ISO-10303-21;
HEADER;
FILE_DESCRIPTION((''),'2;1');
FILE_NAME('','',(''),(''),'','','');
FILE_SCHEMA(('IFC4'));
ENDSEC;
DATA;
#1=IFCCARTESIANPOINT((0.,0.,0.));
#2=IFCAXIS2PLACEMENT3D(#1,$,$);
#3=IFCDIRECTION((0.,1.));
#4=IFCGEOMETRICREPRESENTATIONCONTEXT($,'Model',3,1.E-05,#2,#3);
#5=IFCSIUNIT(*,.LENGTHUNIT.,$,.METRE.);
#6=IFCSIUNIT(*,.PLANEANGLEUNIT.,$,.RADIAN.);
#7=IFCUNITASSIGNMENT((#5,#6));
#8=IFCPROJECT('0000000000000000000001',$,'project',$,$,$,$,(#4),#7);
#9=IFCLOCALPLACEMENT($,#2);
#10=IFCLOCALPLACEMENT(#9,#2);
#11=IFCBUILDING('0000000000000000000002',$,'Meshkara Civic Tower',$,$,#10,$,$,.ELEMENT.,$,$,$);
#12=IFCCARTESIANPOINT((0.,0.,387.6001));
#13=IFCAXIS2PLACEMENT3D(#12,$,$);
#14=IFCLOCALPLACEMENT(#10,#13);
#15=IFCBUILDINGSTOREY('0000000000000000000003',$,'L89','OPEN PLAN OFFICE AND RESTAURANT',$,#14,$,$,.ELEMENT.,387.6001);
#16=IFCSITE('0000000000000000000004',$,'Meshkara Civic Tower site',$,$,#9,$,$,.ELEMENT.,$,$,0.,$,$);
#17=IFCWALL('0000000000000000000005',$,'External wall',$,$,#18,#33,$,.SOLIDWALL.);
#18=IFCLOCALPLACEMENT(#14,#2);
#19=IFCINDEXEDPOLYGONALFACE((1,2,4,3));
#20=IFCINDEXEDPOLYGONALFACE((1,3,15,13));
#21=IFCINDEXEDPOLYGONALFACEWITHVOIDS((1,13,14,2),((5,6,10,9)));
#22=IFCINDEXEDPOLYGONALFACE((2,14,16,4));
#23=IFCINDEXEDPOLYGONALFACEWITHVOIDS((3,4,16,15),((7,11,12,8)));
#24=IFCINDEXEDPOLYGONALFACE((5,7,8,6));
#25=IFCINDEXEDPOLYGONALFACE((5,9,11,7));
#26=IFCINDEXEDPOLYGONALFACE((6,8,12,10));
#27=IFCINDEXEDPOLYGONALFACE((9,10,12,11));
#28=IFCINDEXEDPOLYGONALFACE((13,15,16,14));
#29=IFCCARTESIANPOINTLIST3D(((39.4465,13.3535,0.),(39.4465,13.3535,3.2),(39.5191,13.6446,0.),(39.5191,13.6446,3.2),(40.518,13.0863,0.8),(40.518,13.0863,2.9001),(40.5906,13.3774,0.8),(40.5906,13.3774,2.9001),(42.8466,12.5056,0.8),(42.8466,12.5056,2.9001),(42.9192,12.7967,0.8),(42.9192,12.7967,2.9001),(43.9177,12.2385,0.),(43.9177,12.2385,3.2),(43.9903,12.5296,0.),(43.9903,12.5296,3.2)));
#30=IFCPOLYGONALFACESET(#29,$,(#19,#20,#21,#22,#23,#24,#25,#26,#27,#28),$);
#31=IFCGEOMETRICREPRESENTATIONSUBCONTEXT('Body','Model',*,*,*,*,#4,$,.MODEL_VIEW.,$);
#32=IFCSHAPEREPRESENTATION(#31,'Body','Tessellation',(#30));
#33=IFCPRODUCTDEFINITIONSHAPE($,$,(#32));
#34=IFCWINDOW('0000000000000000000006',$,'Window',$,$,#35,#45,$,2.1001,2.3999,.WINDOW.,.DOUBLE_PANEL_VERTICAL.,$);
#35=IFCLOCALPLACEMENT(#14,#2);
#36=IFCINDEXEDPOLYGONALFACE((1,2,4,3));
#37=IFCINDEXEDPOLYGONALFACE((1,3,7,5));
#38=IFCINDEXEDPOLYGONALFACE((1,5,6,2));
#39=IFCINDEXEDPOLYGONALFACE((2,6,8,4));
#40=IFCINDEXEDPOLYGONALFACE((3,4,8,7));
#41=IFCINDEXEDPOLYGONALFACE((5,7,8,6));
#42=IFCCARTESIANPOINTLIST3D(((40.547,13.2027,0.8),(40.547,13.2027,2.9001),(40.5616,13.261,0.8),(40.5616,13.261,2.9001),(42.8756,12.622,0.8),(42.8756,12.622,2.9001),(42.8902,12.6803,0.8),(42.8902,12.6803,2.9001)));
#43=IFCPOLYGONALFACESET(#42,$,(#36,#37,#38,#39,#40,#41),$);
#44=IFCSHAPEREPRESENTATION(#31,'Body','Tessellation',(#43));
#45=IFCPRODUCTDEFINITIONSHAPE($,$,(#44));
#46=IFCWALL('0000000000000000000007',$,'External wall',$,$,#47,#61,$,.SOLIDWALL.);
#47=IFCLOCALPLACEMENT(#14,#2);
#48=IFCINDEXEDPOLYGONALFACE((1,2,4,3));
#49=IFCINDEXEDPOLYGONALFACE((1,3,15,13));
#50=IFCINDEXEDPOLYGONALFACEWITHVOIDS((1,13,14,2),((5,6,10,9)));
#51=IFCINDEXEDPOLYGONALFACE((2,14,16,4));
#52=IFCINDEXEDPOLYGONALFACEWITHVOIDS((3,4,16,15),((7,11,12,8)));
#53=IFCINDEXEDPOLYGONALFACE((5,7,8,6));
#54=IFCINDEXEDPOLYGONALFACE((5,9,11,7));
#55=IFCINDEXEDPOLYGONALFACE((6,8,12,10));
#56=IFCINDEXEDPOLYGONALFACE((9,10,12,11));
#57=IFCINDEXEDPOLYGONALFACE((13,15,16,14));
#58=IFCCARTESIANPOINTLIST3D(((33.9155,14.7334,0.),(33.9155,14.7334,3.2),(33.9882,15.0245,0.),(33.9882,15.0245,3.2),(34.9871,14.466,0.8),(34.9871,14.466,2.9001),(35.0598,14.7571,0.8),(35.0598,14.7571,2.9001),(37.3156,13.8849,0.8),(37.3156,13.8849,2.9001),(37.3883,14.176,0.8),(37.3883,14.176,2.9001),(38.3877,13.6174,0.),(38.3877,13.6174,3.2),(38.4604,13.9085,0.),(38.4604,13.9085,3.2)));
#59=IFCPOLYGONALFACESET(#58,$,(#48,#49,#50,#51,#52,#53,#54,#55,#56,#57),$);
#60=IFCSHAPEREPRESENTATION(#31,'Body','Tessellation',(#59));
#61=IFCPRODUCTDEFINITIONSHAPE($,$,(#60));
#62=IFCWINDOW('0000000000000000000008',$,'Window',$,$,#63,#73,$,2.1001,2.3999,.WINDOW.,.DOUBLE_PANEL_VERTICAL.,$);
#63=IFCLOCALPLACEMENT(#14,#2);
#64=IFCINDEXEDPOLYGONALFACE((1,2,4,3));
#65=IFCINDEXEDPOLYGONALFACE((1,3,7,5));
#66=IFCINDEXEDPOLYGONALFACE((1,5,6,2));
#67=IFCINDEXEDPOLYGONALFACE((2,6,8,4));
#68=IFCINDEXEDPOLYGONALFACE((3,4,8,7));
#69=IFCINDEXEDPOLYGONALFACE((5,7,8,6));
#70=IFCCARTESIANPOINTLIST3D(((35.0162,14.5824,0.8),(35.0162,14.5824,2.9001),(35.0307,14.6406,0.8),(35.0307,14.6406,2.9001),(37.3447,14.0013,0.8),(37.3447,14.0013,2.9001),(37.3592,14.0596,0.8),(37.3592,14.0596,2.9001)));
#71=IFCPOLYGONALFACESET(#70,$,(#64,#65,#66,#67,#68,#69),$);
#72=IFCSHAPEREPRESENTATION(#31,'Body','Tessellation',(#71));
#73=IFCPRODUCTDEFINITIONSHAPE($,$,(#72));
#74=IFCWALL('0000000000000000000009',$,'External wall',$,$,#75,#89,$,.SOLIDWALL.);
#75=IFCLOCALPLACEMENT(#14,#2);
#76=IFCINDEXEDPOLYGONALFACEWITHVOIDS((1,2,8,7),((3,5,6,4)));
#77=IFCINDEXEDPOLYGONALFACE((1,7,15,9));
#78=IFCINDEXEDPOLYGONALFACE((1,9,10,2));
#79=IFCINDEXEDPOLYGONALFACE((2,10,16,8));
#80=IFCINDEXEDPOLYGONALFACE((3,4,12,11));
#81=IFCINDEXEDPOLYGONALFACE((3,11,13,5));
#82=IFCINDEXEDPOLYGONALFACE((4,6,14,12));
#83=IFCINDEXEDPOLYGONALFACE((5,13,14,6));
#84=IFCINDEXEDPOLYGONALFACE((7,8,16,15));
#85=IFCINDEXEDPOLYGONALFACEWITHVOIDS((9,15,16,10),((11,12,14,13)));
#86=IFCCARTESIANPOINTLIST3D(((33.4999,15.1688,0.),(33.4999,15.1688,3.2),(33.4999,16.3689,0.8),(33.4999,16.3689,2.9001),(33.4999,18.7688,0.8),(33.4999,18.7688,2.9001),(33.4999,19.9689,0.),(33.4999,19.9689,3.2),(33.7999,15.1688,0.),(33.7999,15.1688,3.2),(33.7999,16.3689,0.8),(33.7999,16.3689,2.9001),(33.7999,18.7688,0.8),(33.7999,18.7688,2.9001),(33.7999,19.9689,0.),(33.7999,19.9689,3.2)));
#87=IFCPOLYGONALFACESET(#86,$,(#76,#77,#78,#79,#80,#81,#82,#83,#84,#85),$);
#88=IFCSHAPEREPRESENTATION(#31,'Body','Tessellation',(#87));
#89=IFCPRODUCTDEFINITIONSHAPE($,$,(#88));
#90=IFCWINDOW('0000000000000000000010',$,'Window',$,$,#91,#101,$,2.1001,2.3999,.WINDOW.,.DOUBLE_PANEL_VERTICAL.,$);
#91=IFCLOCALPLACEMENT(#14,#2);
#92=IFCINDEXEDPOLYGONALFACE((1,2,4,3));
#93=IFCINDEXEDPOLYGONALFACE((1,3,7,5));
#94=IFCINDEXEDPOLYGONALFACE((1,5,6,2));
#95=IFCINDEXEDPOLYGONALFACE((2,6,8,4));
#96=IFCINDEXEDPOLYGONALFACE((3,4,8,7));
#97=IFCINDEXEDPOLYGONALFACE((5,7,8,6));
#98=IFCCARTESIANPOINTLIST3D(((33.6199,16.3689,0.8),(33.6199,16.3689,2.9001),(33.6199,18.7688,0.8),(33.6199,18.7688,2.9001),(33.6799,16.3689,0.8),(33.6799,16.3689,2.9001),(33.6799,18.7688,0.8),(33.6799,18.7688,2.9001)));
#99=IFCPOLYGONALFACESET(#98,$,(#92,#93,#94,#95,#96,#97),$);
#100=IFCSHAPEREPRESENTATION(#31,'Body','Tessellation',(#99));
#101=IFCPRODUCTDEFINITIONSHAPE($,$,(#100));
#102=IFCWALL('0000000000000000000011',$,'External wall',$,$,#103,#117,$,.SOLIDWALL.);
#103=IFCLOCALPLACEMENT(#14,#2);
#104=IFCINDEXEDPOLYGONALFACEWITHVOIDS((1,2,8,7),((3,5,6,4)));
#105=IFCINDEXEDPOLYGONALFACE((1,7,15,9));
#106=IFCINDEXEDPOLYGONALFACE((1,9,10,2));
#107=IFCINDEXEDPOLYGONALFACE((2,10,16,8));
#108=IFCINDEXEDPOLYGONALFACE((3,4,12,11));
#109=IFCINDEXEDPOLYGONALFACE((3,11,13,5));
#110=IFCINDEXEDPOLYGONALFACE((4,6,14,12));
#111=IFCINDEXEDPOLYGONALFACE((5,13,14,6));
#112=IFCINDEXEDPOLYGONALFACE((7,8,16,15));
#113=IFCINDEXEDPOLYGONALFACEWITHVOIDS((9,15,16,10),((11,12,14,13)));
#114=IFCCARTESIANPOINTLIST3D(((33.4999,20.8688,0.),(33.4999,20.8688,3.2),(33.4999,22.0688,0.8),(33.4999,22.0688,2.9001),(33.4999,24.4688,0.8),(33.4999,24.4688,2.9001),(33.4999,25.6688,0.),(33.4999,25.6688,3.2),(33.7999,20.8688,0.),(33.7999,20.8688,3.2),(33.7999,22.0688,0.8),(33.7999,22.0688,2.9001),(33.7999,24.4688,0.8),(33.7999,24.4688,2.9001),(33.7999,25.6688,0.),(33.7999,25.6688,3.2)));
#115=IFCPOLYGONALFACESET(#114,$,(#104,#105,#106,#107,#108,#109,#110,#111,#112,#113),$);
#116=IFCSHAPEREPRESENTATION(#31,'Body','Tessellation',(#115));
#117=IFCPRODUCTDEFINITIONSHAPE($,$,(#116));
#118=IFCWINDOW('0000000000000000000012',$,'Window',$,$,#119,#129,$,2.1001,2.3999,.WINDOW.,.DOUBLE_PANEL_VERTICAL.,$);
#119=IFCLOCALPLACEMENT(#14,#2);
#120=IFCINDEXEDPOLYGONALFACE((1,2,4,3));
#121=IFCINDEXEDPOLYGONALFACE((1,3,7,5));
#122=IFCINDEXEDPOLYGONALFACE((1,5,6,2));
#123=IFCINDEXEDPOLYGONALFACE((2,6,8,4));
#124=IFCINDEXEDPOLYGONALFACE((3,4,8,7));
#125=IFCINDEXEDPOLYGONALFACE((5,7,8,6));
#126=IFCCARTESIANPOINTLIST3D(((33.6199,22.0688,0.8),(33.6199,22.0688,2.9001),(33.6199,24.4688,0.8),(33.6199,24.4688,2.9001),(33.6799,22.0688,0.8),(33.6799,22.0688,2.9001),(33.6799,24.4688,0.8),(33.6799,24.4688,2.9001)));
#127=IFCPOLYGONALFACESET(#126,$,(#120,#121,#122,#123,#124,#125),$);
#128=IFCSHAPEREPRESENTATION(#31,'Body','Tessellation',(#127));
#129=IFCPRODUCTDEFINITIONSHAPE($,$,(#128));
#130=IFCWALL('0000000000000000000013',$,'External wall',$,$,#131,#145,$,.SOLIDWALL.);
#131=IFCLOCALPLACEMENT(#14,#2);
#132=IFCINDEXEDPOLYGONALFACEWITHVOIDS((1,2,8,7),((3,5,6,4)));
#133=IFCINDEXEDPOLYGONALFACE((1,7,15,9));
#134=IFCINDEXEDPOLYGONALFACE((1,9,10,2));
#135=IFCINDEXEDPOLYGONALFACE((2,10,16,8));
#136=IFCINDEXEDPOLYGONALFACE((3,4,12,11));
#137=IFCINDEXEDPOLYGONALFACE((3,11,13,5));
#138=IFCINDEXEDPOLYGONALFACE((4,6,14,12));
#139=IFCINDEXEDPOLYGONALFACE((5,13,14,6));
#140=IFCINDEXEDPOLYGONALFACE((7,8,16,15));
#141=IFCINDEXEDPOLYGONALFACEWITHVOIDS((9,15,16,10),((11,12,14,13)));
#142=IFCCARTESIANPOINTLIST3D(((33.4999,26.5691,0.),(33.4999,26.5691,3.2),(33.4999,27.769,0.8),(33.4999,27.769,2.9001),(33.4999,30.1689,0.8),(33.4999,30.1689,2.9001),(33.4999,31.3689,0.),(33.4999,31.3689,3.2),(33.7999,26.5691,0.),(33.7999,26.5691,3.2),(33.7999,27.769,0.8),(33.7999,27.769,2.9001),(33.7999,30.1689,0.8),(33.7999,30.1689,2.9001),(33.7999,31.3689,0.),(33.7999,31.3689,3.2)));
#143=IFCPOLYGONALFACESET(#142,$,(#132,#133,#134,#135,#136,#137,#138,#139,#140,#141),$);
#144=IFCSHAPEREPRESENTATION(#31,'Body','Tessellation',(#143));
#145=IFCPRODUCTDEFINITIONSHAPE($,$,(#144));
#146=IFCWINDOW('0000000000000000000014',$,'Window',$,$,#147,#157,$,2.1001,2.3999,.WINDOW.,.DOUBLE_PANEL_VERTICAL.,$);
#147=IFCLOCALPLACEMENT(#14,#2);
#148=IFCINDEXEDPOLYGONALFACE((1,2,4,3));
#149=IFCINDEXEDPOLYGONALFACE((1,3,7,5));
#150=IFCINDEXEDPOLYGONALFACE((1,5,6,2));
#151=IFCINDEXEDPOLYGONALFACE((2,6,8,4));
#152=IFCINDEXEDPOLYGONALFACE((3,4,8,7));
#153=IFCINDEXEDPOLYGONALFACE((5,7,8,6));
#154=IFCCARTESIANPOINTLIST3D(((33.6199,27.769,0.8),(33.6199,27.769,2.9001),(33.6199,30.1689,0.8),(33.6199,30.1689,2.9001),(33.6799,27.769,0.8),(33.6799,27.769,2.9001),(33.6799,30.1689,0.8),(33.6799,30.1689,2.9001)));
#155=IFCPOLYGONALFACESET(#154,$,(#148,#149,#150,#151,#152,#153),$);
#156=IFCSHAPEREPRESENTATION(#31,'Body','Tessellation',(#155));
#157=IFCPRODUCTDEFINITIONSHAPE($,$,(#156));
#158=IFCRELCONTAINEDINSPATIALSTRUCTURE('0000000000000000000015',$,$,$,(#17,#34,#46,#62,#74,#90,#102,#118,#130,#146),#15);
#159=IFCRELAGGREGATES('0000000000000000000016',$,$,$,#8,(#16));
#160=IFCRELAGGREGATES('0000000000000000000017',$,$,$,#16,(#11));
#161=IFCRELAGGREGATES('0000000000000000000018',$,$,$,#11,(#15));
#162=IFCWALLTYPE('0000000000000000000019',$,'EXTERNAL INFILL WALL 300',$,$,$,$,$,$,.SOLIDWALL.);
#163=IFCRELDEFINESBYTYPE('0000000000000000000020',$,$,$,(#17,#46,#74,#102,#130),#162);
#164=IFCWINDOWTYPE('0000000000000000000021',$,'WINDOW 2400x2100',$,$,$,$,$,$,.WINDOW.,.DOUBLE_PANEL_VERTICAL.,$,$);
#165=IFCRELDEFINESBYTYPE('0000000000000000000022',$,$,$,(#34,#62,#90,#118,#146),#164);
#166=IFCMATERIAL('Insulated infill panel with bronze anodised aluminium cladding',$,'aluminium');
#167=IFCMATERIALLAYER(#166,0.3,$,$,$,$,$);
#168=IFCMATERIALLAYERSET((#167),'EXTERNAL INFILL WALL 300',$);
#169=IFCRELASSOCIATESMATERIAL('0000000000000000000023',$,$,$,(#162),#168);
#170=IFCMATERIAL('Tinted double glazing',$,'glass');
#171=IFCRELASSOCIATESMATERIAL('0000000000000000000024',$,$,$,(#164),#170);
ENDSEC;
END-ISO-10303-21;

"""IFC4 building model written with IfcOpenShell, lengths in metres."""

from ifc_helpers import new_model, si_unit, direction, frame, frame_2d, origin, place, context, subcontext, project, spatial, rectangle, extrude, material, layer, layer_set, type_object, element, fill, save


model = new_model("IFC4")

# Units and contexts
model_context = context("Model", 3, precision=1e-05, world=origin(), true_north=direction((0.0, 1.0)))
body_context = subcontext(model_context, "Body", "Model", "MODEL_VIEW")
ifc_project = project(units=[si_unit("LENGTHUNIT", "METRE"), si_unit("PLANEANGLEUNIT", "RADIAN")], contexts=[model_context])

# Site, building, storey
site_placement = place(None, origin())
site = spatial("IfcSite", under=ifc_project, at=site_placement, Name="Meshkara Civic Tower site", CompositionType="ELEMENT", RefElevation=0.0)
building_placement = place(site_placement, origin())
building = spatial("IfcBuilding", under=site, at=building_placement, Name="Meshkara Civic Tower", CompositionType="ELEMENT")
storey_placement = place(building_placement, frame((0.0, 0.0, 387.6001)))
storey = spatial("IfcBuildingStorey", under=building, at=storey_placement, Name="L89", Description="OPEN PLAN OFFICE AND RESTAURANT", CompositionType="ELEMENT", Elevation=387.6001)

# Walls, openings, windows
ifc_material_1 = material(Name="Insulated infill panel with bronze anodised aluminium cladding", Category="aluminium")
ifc_layer_1 = layer(ifc_material_1, 0.3)
ifc_layer_set_1 = layer_set([ifc_layer_1], Name="EXTERNAL INFILL WALL 300")
wall_type_1 = type_object("IfcWallType", Name="EXTERNAL INFILL WALL 300", PredefinedType="SOLIDWALL", material=ifc_layer_set_1)
wall_1_placement = place(storey_placement, frame((43.9541, 12.384, 0.0), z_axis=(0.0, 0.0, 1.0), x_axis=(-0.970286, 0.241962, 0.0)))
wall_1 = element("IfcWall", 1, at=wall_1_placement, inside=storey, type_object=wall_type_1, Name="External wall", PredefinedType="SOLIDWALL", context=body_context, shape_type="SweptSolid", body=[
    extrude(rectangle(XDim=4.6082, YDim=0.3, at=frame_2d((2.3042, 0.0))), origin(), (0.0, 0.0, 1.0), 3.2),
])
opening_1_placement = place(wall_1_placement, frame((1.104, 0.0, 0.8)))
opening_1 = element("IfcOpeningElement", 2, at=opening_1_placement, cuts=wall_1, PredefinedType="OPENING", context=body_context, shape_type="SweptSolid", body=[
    extrude(rectangle(XDim=2.3999, YDim=2.1001, at=frame_2d((1.2, 1.05))), frame((0.0, 0.1599, 0.0), z_axis=(0.0, -1.0, 0.0), x_axis=(1.0, 0.0, 0.0)), (0.0, 0.0, 1.0), 0.3201),
])
ifc_material_2 = material(Name="Tinted double glazing", Category="glass")
window_type = type_object("IfcWindowType", Name="WINDOW 2400x2100", PartitioningType="DOUBLE_PANEL_VERTICAL", PredefinedType="WINDOW", material=ifc_material_2)
window_1_placement = place(opening_1_placement, origin())
window_1 = element("IfcWindow", 3, at=window_1_placement, inside=storey, type_object=window_type, Name="Window", OverallHeight=2.1001, OverallWidth=2.3999, PartitioningType="DOUBLE_PANEL_VERTICAL", PredefinedType="WINDOW", context=body_context, shape_type="SweptSolid", body=[
    extrude(rectangle(XDim=2.3999, YDim=2.1001, at=frame_2d((1.2, 1.05))), frame((0.0, 0.03, 0.0), z_axis=(0.0, -1.0, 0.0), x_axis=(1.0, 0.0, 0.0)), (0.0, 0.0, 1.0), 0.0601),
])
fill(opening_1, window_1)
wall_2_placement = place(storey_placement, frame((38.4241, 13.7629, 0.0), z_axis=(0.0, 0.0, 1.0), x_axis=(-0.970248, 0.242112, 0.0)))
wall_2 = element("IfcWall", 4, at=wall_2_placement, inside=storey, type_object=wall_type_1, Name="External wall", PredefinedType="SOLIDWALL", context=body_context, shape_type="SweptSolid", body=[
    extrude(rectangle(XDim=4.6094, YDim=0.3, at=frame_2d((2.3047, 0.0))), origin(), (0.0, 0.0, 1.0), 3.2),
])
opening_2_placement = place(wall_2_placement, frame((1.105, 0.0, 0.8)))
opening_2 = element("IfcOpeningElement", 5, at=opening_2_placement, cuts=wall_2, PredefinedType="OPENING", context=body_context, shape_type="SweptSolid", body=[
    extrude(rectangle(XDim=2.3999, YDim=2.1001, at=frame_2d((1.2, 1.05))), frame((0.0, 0.1599, 0.0), z_axis=(0.0, -1.0, 0.0), x_axis=(1.0, 0.0, 0.0)), (0.0, 0.0, 1.0), 0.3201),
])
window_2_placement = place(opening_2_placement, origin())
window_2 = element("IfcWindow", 6, at=window_2_placement, inside=storey, type_object=window_type, Name="Window", OverallHeight=2.1001, OverallWidth=2.3999, PartitioningType="DOUBLE_PANEL_VERTICAL", PredefinedType="WINDOW", context=body_context, shape_type="SweptSolid", body=[
    extrude(rectangle(XDim=2.3999, YDim=2.1001, at=frame_2d((1.2, 1.05))), frame((0.0, 0.03, 0.0), z_axis=(0.0, -1.0, 0.0), x_axis=(1.0, 0.0, 0.0)), (0.0, 0.0, 1.0), 0.0601),
])
fill(opening_2, window_2)
wall_3_placement = place(storey_placement, frame((33.6499, 15.1689, 0.0), z_axis=(0.0, 0.0, 1.0), x_axis=(0.0, 1.0, 0.0)))
wall_3 = element("IfcWall", 7, at=wall_3_placement, inside=storey, type_object=wall_type_1, Name="External wall", PredefinedType="SOLIDWALL", context=body_context, shape_type="SweptSolid", body=[
    extrude(rectangle(XDim=4.8, YDim=0.3, at=frame_2d((2.3999, 0.0))), origin(), (0.0, 0.0, 1.0), 3.2),
])
opening_3_placement = place(wall_3_placement, frame((1.2, 0.0, 0.8)))
opening_3 = element("IfcOpeningElement", 8, at=opening_3_placement, cuts=wall_3, PredefinedType="OPENING", context=body_context, shape_type="SweptSolid", body=[
    extrude(rectangle(XDim=2.3999, YDim=2.1001, at=frame_2d((1.2, 1.05))), frame((0.0, 0.1599, 0.0), z_axis=(0.0, -1.0, 0.0), x_axis=(1.0, 0.0, 0.0)), (0.0, 0.0, 1.0), 0.3201),
])
window_3_placement = place(opening_3_placement, origin())
window_3 = element("IfcWindow", 9, at=window_3_placement, inside=storey, type_object=window_type, Name="Window", OverallHeight=2.1001, OverallWidth=2.3999, PartitioningType="DOUBLE_PANEL_VERTICAL", PredefinedType="WINDOW", context=body_context, shape_type="SweptSolid", body=[
    extrude(rectangle(XDim=2.3999, YDim=2.1001, at=frame_2d((1.2, 1.05))), frame((0.0, 0.03, 0.0), z_axis=(0.0, -1.0, 0.0), x_axis=(1.0, 0.0, 0.0)), (0.0, 0.0, 1.0), 0.0601),
])
fill(opening_3, window_3)
wall_4_placement = place(storey_placement, frame((33.6499, 20.8689, 0.0), z_axis=(0.0, 0.0, 1.0), x_axis=(0.0, 1.0, 0.0)))
wall_4 = element("IfcWall", 10, at=wall_4_placement, inside=storey, type_object=wall_type_1, Name="External wall", PredefinedType="SOLIDWALL", context=body_context, shape_type="SweptSolid", body=[
    extrude(rectangle(XDim=4.8, YDim=0.3, at=frame_2d((2.3999, 0.0))), origin(), (0.0, 0.0, 1.0), 3.2),
])
opening_4_placement = place(wall_4_placement, frame((1.2, 0.0, 0.8)))
opening_4 = element("IfcOpeningElement", 11, at=opening_4_placement, cuts=wall_4, PredefinedType="OPENING", context=body_context, shape_type="SweptSolid", body=[
    extrude(rectangle(XDim=2.3999, YDim=2.1001, at=frame_2d((1.2, 1.05))), frame((0.0, 0.1599, 0.0), z_axis=(0.0, -1.0, 0.0), x_axis=(1.0, 0.0, 0.0)), (0.0, 0.0, 1.0), 0.3201),
])
window_4_placement = place(opening_4_placement, origin())
window_4 = element("IfcWindow", 12, at=window_4_placement, inside=storey, type_object=window_type, Name="Window", OverallHeight=2.1001, OverallWidth=2.3999, PartitioningType="DOUBLE_PANEL_VERTICAL", PredefinedType="WINDOW", context=body_context, shape_type="SweptSolid", body=[
    extrude(rectangle(XDim=2.3999, YDim=2.1001, at=frame_2d((1.2, 1.05))), frame((0.0, 0.03, 0.0), z_axis=(0.0, -1.0, 0.0), x_axis=(1.0, 0.0, 0.0)), (0.0, 0.0, 1.0), 0.0601),
])
fill(opening_4, window_4)
wall_5_placement = place(storey_placement, frame((33.6499, 26.5691, 0.0), z_axis=(0.0, 0.0, 1.0), x_axis=(0.0, 1.0, 0.0)))
wall_5 = element("IfcWall", 13, at=wall_5_placement, inside=storey, type_object=wall_type_1, Name="External wall", PredefinedType="SOLIDWALL", context=body_context, shape_type="SweptSolid", body=[
    extrude(rectangle(XDim=4.7998, YDim=0.3, at=frame_2d((2.3999, 0.0))), origin(), (0.0, 0.0, 1.0), 3.2),
])
opening_5_placement = place(wall_5_placement, frame((1.2, 0.0, 0.8)))
opening_5 = element("IfcOpeningElement", 14, at=opening_5_placement, cuts=wall_5, PredefinedType="OPENING", context=body_context, shape_type="SweptSolid", body=[
    extrude(rectangle(XDim=2.3999, YDim=2.1001, at=frame_2d((1.2, 1.05))), frame((0.0, 0.1599, 0.0), z_axis=(0.0, -1.0, 0.0), x_axis=(1.0, 0.0, 0.0)), (0.0, 0.0, 1.0), 0.3201),
])
window_5_placement = place(opening_5_placement, origin())
window_5 = element("IfcWindow", 15, at=window_5_placement, inside=storey, type_object=window_type, Name="Window", OverallHeight=2.1001, OverallWidth=2.3999, PartitioningType="DOUBLE_PANEL_VERTICAL", PredefinedType="WINDOW", context=body_context, shape_type="SweptSolid", body=[
    extrude(rectangle(XDim=2.3999, YDim=2.1001, at=frame_2d((1.2, 1.05))), frame((0.0, 0.03, 0.0), z_axis=(0.0, -1.0, 0.0), x_axis=(1.0, 0.0, 0.0)), (0.0, 0.0, 1.0), 0.0601),
])
fill(opening_5, window_5)

save(model, "model.ifc")
